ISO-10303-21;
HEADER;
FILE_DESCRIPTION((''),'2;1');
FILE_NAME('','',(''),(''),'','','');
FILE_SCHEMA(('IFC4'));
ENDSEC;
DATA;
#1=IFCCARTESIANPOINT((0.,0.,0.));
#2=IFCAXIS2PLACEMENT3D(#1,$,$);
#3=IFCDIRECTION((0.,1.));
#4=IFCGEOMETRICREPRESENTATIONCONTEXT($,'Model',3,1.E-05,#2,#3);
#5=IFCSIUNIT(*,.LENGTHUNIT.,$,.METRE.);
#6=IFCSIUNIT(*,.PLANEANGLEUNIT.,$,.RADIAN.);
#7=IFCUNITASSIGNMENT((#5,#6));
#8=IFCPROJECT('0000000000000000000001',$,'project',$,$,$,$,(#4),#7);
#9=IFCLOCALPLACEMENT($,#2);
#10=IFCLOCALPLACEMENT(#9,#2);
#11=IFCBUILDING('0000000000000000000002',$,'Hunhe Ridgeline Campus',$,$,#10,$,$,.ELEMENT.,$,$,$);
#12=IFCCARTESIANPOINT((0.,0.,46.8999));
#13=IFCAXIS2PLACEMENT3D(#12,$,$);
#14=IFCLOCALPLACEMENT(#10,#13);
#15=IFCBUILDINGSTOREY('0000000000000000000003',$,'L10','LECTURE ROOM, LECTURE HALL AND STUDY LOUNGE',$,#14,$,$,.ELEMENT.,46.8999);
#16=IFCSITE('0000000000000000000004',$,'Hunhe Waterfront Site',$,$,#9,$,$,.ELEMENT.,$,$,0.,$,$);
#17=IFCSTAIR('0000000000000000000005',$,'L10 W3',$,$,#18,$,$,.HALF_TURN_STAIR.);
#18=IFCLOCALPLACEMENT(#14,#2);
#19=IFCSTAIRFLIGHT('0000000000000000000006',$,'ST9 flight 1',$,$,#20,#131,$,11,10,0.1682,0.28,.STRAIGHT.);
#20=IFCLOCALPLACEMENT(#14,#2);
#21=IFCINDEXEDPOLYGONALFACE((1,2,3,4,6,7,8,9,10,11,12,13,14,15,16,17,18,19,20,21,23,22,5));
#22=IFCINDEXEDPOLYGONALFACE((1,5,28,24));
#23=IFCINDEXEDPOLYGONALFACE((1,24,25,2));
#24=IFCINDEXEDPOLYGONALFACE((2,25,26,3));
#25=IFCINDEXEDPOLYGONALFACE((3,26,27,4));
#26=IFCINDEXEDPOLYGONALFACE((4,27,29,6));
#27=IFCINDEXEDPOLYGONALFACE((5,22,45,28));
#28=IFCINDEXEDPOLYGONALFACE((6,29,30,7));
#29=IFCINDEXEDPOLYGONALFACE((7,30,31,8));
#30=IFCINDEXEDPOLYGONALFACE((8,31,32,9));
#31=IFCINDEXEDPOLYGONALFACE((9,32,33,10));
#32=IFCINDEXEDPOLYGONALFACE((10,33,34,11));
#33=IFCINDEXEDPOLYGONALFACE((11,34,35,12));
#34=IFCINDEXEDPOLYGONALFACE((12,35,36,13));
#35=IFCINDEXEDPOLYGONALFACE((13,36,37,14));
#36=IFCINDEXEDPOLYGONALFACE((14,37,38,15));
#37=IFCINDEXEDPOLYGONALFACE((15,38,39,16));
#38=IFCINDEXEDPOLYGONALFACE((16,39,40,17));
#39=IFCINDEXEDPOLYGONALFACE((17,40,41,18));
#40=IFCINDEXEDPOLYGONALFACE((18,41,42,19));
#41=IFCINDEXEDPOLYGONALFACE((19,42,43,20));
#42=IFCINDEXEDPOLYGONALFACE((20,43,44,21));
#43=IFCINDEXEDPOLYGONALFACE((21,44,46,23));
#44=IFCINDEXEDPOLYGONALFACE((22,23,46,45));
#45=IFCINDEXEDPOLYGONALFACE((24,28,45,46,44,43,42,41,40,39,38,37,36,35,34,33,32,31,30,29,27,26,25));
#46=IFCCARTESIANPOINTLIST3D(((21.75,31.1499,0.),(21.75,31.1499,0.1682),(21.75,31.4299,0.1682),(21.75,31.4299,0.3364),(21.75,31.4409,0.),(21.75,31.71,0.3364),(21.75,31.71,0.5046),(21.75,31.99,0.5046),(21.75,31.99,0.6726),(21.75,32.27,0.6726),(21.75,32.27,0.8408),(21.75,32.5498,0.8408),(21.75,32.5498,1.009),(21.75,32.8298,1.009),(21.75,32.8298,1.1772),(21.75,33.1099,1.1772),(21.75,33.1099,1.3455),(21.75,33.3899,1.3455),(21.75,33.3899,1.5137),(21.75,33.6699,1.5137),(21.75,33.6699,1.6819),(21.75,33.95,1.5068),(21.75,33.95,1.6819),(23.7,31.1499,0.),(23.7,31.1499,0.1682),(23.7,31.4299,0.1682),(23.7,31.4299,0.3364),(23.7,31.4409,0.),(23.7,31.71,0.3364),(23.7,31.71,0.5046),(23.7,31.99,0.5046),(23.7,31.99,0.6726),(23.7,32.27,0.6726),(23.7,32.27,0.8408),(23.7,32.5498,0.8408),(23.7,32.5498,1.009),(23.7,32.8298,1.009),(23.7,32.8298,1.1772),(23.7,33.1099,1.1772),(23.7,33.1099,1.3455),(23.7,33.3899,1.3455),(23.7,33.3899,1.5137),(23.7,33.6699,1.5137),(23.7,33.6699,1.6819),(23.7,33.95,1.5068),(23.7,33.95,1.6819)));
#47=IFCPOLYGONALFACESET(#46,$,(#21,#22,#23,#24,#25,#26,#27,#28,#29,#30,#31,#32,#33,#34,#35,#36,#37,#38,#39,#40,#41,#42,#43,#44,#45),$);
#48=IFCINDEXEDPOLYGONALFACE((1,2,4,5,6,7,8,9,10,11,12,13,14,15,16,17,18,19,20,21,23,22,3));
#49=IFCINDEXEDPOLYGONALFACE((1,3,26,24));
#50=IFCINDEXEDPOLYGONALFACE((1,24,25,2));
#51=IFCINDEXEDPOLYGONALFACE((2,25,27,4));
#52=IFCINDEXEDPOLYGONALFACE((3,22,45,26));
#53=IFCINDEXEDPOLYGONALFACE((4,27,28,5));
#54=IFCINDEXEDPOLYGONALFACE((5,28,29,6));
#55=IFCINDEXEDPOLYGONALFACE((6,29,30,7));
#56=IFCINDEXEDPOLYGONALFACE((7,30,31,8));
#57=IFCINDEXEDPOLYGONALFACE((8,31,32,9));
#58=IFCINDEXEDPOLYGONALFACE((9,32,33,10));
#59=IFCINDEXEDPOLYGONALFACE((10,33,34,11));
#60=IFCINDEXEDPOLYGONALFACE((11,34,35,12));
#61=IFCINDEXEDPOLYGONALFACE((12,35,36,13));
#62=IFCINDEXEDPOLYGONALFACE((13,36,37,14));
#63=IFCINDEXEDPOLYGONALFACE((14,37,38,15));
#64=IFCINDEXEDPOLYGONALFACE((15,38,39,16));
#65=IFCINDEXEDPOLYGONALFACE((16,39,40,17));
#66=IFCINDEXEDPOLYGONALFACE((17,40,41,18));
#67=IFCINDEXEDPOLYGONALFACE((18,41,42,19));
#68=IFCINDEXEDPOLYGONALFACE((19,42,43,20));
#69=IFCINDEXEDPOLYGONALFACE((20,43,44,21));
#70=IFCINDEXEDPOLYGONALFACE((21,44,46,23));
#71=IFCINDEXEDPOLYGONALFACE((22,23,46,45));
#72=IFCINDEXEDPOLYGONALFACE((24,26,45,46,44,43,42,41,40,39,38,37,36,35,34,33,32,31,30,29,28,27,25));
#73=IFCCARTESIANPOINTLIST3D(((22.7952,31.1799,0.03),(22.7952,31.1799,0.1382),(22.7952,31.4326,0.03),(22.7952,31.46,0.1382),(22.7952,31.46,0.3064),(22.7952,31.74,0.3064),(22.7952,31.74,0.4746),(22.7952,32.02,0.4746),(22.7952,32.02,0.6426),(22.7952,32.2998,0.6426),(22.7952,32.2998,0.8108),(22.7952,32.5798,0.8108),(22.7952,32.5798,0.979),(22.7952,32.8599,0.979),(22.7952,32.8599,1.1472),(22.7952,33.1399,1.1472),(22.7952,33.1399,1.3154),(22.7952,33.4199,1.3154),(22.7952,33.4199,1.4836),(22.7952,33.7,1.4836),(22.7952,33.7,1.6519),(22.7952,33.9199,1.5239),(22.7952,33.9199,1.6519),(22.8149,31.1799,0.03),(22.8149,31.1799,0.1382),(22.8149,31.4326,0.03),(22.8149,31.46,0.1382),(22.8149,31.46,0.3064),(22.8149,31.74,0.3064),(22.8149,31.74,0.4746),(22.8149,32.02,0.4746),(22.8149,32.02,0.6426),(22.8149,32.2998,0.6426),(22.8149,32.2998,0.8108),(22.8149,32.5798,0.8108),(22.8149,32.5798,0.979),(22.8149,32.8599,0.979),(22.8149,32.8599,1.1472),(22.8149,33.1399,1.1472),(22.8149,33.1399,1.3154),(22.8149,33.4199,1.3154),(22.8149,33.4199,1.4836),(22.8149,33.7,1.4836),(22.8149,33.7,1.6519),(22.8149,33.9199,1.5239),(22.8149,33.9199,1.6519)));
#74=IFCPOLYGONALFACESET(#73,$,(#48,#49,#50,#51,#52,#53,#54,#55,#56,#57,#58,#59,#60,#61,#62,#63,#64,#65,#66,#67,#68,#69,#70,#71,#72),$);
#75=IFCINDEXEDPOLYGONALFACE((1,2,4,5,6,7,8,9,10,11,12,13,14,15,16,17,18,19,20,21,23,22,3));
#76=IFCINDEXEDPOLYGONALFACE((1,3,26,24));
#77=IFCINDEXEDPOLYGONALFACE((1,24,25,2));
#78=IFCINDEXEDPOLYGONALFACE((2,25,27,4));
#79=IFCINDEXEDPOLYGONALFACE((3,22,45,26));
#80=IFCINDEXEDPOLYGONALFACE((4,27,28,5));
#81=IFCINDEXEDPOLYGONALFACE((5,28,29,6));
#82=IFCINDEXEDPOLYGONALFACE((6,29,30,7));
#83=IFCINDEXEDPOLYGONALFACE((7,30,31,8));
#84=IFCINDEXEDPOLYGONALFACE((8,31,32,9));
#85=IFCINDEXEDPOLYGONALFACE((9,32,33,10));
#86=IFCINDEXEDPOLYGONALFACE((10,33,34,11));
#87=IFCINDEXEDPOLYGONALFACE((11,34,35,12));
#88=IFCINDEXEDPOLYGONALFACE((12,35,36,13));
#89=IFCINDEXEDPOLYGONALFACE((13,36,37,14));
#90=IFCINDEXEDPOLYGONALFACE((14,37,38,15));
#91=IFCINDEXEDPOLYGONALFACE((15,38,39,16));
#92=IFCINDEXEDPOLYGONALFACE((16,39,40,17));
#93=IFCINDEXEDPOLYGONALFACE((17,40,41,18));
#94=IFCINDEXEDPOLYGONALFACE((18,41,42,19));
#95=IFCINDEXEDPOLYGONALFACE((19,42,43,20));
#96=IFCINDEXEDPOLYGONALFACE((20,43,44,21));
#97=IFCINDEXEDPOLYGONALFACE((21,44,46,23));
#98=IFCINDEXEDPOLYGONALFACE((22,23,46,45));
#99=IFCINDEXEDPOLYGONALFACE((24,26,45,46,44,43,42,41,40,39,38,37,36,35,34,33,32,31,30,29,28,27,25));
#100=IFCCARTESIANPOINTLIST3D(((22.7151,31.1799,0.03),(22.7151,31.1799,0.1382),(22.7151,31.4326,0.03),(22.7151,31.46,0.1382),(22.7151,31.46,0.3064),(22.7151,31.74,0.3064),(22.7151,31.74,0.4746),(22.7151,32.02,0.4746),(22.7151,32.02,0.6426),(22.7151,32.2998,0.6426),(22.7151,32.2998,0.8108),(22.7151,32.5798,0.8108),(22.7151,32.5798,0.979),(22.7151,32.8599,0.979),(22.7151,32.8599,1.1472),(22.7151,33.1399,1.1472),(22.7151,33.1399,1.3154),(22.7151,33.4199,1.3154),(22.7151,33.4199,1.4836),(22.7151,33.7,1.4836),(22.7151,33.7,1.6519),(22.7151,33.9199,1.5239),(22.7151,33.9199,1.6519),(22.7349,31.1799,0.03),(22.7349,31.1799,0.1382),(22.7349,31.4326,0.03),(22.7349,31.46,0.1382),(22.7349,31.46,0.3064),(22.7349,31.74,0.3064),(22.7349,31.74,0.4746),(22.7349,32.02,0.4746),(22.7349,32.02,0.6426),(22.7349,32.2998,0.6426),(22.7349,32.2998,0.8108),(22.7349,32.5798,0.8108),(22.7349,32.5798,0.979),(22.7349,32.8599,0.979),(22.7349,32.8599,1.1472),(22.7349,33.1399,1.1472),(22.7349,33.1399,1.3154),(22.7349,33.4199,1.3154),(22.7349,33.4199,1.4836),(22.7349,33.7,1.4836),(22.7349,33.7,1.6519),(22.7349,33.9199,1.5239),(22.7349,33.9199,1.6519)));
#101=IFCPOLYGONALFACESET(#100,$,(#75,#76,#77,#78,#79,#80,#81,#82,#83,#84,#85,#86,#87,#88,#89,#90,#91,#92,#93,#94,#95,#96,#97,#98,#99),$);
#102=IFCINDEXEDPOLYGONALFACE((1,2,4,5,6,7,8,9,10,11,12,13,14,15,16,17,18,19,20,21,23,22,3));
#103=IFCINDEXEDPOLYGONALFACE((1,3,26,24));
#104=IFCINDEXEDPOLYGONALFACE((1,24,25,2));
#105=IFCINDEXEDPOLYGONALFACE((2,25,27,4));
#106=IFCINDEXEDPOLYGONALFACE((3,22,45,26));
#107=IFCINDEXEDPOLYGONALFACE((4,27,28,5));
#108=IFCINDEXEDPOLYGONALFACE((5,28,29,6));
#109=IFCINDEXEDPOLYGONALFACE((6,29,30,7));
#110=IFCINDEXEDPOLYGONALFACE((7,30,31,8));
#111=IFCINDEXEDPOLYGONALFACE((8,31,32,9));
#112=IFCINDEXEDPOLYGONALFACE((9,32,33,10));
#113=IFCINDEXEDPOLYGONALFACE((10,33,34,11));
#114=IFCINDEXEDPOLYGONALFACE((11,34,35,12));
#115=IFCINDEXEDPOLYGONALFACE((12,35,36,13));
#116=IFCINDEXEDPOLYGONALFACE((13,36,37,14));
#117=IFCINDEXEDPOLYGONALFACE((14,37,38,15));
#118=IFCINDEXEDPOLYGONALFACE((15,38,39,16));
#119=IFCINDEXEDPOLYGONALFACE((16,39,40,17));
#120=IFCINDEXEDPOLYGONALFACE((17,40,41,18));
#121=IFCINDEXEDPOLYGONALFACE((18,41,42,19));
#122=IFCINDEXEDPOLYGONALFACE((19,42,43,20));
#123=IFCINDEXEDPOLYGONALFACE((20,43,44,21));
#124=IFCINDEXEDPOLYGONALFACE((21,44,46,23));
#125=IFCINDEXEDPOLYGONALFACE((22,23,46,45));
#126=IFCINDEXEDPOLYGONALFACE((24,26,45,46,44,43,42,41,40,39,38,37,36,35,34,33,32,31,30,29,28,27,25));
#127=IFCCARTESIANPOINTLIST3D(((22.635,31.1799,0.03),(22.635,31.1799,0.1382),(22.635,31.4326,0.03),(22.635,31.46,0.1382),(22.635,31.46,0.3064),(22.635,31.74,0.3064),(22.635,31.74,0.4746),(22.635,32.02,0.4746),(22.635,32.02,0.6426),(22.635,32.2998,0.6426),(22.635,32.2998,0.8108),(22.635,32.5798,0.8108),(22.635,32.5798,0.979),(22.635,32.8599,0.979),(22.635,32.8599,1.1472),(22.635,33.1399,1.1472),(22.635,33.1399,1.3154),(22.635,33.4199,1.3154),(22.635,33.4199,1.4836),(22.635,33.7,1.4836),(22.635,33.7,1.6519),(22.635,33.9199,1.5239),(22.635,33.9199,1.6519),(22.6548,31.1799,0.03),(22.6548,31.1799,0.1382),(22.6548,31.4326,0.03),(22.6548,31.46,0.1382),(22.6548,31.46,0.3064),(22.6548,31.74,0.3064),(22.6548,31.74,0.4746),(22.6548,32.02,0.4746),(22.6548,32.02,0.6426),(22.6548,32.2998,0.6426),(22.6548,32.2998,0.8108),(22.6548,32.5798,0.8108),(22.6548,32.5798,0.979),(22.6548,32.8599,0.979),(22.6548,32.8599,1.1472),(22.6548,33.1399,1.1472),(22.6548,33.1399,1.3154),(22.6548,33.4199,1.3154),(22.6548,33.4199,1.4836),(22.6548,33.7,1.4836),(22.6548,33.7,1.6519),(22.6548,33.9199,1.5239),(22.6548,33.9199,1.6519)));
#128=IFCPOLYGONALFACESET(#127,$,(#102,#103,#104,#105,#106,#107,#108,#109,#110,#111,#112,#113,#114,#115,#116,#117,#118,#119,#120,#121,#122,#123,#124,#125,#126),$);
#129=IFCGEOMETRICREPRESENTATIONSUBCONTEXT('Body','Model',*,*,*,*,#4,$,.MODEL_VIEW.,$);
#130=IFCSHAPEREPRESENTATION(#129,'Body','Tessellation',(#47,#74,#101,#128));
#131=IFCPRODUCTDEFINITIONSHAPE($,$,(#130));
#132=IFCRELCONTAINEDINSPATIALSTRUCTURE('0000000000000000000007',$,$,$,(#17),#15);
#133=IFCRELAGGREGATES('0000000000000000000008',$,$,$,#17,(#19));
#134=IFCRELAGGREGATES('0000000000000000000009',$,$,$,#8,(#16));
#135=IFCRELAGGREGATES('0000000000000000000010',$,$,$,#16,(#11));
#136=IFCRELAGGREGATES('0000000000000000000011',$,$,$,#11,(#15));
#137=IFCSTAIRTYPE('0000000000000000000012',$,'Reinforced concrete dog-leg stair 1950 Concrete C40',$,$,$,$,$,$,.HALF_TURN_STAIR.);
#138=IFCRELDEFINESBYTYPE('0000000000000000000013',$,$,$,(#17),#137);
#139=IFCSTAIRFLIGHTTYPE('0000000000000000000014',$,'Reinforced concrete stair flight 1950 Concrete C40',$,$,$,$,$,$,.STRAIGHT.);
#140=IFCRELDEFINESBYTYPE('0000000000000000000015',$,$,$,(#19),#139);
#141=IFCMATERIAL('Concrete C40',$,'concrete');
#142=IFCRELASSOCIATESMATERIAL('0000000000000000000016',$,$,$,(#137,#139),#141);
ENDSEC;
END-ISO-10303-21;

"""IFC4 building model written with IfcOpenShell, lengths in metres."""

from ifc_helpers import new_model, si_unit, direction, frame, origin, place, context, subcontext, project, spatial, polyline, outline, extrude, material, type_object, element, aggregate, save


model = new_model("IFC4")

# Units and contexts
model_context = context("Model", 3, precision=1e-05, world=origin(), true_north=direction((0.0, 1.0)))
body_context = subcontext(model_context, "Body", "Model", "MODEL_VIEW")
ifc_project = project(units=[si_unit("LENGTHUNIT", "METRE"), si_unit("PLANEANGLEUNIT", "RADIAN")], contexts=[model_context])

# Site, building, storey
site_placement = place(None, origin())
site = spatial("IfcSite", under=ifc_project, at=site_placement, Name="Hunhe Waterfront Site", CompositionType="ELEMENT", RefElevation=0.0)
building_placement = place(site_placement, origin())
building = spatial("IfcBuilding", under=site, at=building_placement, Name="Hunhe Ridgeline Campus", CompositionType="ELEMENT")
storey_placement = place(building_placement, frame((0.0, 0.0, 46.8999)))
storey = spatial("IfcBuildingStorey", under=building, at=storey_placement, Name="L10", Description="LECTURE ROOM, LECTURE HALL AND STUDY LOUNGE", CompositionType="ELEMENT", Elevation=46.8999)

# Stair, stair flight
ifc_material_1 = material(Name="Concrete C40", Category="concrete")
stair_type = type_object("IfcStairType", Name="Reinforced concrete dog-leg stair 1950 Concrete C40", PredefinedType="HALF_TURN_STAIR", material=ifc_material_1)
stair_placement = place(storey_placement, origin())
stair = element("IfcStair", 1, at=stair_placement, inside=storey, type_object=stair_type, Name="L10 W3", PredefinedType="HALF_TURN_STAIR")
stair_flight_type = type_object("IfcStairFlightType", Name="Reinforced concrete stair flight 1950 Concrete C40", PredefinedType="STRAIGHT", material=ifc_material_1)
stair_flight_placement = place(storey_placement, frame((22.7251, 31.1499, 0.0), z_axis=(0.0, 0.0, 1.0), x_axis=(0.0, 1.0, 0.0)))
stair_flight = element("IfcStairFlight", 2, at=stair_flight_placement, type_object=stair_flight_type, Name="ST9 flight 1", NumberOfRisers=11, NumberOfTreads=10, PredefinedType="STRAIGHT", RiserHeight=0.1682, TreadLength=0.28, context=body_context, shape_type="SweptSolid", body=[
    extrude(outline(polyline([(0.0, 0.0), (0.0, 0.1682), (0.28, 0.1682), (0.28, 0.3364), (0.5601, 0.3364), (0.5601, 0.5046), (0.8401, 0.5046), (0.8401, 0.6726), (1.1201, 0.6726), (1.1201, 0.8408), (1.3999, 0.8408), (1.3999, 1.009), (1.6799, 1.009), (1.6799, 1.1772), (1.96, 1.1772), (1.96, 1.3455), (2.24, 1.3455), (2.24, 1.5137), (2.52, 1.5137), (2.52, 1.6819), (2.8, 1.6819), (2.8, 1.8501), (2.8, 1.5068), (0.291, 0.0), (0.0, 0.0)])), frame((0.0, 0.9751, 0.0), z_axis=(0.0, -1.0, 0.0), x_axis=(1.0, 0.0, 0.0)), (0.0, 0.0, 1.0), 1.95),
    extrude(outline(polyline([(0.03, 0.03), (0.03, 0.1382), (0.3101, 0.1382), (0.3101, 0.3064), (0.5901, 0.3064), (0.5901, 0.4746), (0.8701, 0.4746), (0.8701, 0.6426), (1.1499, 0.6426), (1.1499, 0.8108), (1.4299, 0.8108), (1.4299, 0.979), (1.71, 0.979), (1.71, 1.1472), (1.99, 1.1472), (1.99, 1.3154), (2.27, 1.3154), (2.27, 1.4836), (2.55, 1.4836), (2.55, 1.6519), (2.77, 1.6519), (2.77, 1.5239), (0.2827, 0.03), (0.03, 0.03)])), frame((0.0, -0.0701, 0.0), z_axis=(0.0, -1.0, 0.0), x_axis=(1.0, 0.0, 0.0)), (0.0, 0.0, 1.0), 0.0198),
    extrude(outline(polyline([(0.03, 0.03), (0.03, 0.1382), (0.3101, 0.1382), (0.3101, 0.3064), (0.5901, 0.3064), (0.5901, 0.4746), (0.8701, 0.4746), (0.8701, 0.6426), (1.1499, 0.6426), (1.1499, 0.8108), (1.4299, 0.8108), (1.4299, 0.979), (1.71, 0.979), (1.71, 1.1472), (1.99, 1.1472), (1.99, 1.3154), (2.27, 1.3154), (2.27, 1.4836), (2.55, 1.4836), (2.55, 1.6519), (2.77, 1.6519), (2.77, 1.5239), (0.2827, 0.03), (0.03, 0.03)])), frame((0.0, 0.01, 0.0), z_axis=(0.0, -1.0, 0.0), x_axis=(1.0, 0.0, 0.0)), (0.0, 0.0, 1.0), 0.0198),
    extrude(outline(polyline([(0.03, 0.03), (0.03, 0.1382), (0.3101, 0.1382), (0.3101, 0.3064), (0.5901, 0.3064), (0.5901, 0.4746), (0.8701, 0.4746), (0.8701, 0.6426), (1.1499, 0.6426), (1.1499, 0.8108), (1.4299, 0.8108), (1.4299, 0.979), (1.71, 0.979), (1.71, 1.1472), (1.99, 1.1472), (1.99, 1.3154), (2.27, 1.3154), (2.27, 1.4836), (2.55, 1.4836), (2.55, 1.6519), (2.77, 1.6519), (2.77, 1.5239), (0.2827, 0.03), (0.03, 0.03)])), frame((0.0, 0.0901, 0.0), z_axis=(0.0, -1.0, 0.0), x_axis=(1.0, 0.0, 0.0)), (0.0, 0.0, 1.0), 0.0198),
])
aggregate(stair, [stair_flight])

save(model, "model.ifc")
